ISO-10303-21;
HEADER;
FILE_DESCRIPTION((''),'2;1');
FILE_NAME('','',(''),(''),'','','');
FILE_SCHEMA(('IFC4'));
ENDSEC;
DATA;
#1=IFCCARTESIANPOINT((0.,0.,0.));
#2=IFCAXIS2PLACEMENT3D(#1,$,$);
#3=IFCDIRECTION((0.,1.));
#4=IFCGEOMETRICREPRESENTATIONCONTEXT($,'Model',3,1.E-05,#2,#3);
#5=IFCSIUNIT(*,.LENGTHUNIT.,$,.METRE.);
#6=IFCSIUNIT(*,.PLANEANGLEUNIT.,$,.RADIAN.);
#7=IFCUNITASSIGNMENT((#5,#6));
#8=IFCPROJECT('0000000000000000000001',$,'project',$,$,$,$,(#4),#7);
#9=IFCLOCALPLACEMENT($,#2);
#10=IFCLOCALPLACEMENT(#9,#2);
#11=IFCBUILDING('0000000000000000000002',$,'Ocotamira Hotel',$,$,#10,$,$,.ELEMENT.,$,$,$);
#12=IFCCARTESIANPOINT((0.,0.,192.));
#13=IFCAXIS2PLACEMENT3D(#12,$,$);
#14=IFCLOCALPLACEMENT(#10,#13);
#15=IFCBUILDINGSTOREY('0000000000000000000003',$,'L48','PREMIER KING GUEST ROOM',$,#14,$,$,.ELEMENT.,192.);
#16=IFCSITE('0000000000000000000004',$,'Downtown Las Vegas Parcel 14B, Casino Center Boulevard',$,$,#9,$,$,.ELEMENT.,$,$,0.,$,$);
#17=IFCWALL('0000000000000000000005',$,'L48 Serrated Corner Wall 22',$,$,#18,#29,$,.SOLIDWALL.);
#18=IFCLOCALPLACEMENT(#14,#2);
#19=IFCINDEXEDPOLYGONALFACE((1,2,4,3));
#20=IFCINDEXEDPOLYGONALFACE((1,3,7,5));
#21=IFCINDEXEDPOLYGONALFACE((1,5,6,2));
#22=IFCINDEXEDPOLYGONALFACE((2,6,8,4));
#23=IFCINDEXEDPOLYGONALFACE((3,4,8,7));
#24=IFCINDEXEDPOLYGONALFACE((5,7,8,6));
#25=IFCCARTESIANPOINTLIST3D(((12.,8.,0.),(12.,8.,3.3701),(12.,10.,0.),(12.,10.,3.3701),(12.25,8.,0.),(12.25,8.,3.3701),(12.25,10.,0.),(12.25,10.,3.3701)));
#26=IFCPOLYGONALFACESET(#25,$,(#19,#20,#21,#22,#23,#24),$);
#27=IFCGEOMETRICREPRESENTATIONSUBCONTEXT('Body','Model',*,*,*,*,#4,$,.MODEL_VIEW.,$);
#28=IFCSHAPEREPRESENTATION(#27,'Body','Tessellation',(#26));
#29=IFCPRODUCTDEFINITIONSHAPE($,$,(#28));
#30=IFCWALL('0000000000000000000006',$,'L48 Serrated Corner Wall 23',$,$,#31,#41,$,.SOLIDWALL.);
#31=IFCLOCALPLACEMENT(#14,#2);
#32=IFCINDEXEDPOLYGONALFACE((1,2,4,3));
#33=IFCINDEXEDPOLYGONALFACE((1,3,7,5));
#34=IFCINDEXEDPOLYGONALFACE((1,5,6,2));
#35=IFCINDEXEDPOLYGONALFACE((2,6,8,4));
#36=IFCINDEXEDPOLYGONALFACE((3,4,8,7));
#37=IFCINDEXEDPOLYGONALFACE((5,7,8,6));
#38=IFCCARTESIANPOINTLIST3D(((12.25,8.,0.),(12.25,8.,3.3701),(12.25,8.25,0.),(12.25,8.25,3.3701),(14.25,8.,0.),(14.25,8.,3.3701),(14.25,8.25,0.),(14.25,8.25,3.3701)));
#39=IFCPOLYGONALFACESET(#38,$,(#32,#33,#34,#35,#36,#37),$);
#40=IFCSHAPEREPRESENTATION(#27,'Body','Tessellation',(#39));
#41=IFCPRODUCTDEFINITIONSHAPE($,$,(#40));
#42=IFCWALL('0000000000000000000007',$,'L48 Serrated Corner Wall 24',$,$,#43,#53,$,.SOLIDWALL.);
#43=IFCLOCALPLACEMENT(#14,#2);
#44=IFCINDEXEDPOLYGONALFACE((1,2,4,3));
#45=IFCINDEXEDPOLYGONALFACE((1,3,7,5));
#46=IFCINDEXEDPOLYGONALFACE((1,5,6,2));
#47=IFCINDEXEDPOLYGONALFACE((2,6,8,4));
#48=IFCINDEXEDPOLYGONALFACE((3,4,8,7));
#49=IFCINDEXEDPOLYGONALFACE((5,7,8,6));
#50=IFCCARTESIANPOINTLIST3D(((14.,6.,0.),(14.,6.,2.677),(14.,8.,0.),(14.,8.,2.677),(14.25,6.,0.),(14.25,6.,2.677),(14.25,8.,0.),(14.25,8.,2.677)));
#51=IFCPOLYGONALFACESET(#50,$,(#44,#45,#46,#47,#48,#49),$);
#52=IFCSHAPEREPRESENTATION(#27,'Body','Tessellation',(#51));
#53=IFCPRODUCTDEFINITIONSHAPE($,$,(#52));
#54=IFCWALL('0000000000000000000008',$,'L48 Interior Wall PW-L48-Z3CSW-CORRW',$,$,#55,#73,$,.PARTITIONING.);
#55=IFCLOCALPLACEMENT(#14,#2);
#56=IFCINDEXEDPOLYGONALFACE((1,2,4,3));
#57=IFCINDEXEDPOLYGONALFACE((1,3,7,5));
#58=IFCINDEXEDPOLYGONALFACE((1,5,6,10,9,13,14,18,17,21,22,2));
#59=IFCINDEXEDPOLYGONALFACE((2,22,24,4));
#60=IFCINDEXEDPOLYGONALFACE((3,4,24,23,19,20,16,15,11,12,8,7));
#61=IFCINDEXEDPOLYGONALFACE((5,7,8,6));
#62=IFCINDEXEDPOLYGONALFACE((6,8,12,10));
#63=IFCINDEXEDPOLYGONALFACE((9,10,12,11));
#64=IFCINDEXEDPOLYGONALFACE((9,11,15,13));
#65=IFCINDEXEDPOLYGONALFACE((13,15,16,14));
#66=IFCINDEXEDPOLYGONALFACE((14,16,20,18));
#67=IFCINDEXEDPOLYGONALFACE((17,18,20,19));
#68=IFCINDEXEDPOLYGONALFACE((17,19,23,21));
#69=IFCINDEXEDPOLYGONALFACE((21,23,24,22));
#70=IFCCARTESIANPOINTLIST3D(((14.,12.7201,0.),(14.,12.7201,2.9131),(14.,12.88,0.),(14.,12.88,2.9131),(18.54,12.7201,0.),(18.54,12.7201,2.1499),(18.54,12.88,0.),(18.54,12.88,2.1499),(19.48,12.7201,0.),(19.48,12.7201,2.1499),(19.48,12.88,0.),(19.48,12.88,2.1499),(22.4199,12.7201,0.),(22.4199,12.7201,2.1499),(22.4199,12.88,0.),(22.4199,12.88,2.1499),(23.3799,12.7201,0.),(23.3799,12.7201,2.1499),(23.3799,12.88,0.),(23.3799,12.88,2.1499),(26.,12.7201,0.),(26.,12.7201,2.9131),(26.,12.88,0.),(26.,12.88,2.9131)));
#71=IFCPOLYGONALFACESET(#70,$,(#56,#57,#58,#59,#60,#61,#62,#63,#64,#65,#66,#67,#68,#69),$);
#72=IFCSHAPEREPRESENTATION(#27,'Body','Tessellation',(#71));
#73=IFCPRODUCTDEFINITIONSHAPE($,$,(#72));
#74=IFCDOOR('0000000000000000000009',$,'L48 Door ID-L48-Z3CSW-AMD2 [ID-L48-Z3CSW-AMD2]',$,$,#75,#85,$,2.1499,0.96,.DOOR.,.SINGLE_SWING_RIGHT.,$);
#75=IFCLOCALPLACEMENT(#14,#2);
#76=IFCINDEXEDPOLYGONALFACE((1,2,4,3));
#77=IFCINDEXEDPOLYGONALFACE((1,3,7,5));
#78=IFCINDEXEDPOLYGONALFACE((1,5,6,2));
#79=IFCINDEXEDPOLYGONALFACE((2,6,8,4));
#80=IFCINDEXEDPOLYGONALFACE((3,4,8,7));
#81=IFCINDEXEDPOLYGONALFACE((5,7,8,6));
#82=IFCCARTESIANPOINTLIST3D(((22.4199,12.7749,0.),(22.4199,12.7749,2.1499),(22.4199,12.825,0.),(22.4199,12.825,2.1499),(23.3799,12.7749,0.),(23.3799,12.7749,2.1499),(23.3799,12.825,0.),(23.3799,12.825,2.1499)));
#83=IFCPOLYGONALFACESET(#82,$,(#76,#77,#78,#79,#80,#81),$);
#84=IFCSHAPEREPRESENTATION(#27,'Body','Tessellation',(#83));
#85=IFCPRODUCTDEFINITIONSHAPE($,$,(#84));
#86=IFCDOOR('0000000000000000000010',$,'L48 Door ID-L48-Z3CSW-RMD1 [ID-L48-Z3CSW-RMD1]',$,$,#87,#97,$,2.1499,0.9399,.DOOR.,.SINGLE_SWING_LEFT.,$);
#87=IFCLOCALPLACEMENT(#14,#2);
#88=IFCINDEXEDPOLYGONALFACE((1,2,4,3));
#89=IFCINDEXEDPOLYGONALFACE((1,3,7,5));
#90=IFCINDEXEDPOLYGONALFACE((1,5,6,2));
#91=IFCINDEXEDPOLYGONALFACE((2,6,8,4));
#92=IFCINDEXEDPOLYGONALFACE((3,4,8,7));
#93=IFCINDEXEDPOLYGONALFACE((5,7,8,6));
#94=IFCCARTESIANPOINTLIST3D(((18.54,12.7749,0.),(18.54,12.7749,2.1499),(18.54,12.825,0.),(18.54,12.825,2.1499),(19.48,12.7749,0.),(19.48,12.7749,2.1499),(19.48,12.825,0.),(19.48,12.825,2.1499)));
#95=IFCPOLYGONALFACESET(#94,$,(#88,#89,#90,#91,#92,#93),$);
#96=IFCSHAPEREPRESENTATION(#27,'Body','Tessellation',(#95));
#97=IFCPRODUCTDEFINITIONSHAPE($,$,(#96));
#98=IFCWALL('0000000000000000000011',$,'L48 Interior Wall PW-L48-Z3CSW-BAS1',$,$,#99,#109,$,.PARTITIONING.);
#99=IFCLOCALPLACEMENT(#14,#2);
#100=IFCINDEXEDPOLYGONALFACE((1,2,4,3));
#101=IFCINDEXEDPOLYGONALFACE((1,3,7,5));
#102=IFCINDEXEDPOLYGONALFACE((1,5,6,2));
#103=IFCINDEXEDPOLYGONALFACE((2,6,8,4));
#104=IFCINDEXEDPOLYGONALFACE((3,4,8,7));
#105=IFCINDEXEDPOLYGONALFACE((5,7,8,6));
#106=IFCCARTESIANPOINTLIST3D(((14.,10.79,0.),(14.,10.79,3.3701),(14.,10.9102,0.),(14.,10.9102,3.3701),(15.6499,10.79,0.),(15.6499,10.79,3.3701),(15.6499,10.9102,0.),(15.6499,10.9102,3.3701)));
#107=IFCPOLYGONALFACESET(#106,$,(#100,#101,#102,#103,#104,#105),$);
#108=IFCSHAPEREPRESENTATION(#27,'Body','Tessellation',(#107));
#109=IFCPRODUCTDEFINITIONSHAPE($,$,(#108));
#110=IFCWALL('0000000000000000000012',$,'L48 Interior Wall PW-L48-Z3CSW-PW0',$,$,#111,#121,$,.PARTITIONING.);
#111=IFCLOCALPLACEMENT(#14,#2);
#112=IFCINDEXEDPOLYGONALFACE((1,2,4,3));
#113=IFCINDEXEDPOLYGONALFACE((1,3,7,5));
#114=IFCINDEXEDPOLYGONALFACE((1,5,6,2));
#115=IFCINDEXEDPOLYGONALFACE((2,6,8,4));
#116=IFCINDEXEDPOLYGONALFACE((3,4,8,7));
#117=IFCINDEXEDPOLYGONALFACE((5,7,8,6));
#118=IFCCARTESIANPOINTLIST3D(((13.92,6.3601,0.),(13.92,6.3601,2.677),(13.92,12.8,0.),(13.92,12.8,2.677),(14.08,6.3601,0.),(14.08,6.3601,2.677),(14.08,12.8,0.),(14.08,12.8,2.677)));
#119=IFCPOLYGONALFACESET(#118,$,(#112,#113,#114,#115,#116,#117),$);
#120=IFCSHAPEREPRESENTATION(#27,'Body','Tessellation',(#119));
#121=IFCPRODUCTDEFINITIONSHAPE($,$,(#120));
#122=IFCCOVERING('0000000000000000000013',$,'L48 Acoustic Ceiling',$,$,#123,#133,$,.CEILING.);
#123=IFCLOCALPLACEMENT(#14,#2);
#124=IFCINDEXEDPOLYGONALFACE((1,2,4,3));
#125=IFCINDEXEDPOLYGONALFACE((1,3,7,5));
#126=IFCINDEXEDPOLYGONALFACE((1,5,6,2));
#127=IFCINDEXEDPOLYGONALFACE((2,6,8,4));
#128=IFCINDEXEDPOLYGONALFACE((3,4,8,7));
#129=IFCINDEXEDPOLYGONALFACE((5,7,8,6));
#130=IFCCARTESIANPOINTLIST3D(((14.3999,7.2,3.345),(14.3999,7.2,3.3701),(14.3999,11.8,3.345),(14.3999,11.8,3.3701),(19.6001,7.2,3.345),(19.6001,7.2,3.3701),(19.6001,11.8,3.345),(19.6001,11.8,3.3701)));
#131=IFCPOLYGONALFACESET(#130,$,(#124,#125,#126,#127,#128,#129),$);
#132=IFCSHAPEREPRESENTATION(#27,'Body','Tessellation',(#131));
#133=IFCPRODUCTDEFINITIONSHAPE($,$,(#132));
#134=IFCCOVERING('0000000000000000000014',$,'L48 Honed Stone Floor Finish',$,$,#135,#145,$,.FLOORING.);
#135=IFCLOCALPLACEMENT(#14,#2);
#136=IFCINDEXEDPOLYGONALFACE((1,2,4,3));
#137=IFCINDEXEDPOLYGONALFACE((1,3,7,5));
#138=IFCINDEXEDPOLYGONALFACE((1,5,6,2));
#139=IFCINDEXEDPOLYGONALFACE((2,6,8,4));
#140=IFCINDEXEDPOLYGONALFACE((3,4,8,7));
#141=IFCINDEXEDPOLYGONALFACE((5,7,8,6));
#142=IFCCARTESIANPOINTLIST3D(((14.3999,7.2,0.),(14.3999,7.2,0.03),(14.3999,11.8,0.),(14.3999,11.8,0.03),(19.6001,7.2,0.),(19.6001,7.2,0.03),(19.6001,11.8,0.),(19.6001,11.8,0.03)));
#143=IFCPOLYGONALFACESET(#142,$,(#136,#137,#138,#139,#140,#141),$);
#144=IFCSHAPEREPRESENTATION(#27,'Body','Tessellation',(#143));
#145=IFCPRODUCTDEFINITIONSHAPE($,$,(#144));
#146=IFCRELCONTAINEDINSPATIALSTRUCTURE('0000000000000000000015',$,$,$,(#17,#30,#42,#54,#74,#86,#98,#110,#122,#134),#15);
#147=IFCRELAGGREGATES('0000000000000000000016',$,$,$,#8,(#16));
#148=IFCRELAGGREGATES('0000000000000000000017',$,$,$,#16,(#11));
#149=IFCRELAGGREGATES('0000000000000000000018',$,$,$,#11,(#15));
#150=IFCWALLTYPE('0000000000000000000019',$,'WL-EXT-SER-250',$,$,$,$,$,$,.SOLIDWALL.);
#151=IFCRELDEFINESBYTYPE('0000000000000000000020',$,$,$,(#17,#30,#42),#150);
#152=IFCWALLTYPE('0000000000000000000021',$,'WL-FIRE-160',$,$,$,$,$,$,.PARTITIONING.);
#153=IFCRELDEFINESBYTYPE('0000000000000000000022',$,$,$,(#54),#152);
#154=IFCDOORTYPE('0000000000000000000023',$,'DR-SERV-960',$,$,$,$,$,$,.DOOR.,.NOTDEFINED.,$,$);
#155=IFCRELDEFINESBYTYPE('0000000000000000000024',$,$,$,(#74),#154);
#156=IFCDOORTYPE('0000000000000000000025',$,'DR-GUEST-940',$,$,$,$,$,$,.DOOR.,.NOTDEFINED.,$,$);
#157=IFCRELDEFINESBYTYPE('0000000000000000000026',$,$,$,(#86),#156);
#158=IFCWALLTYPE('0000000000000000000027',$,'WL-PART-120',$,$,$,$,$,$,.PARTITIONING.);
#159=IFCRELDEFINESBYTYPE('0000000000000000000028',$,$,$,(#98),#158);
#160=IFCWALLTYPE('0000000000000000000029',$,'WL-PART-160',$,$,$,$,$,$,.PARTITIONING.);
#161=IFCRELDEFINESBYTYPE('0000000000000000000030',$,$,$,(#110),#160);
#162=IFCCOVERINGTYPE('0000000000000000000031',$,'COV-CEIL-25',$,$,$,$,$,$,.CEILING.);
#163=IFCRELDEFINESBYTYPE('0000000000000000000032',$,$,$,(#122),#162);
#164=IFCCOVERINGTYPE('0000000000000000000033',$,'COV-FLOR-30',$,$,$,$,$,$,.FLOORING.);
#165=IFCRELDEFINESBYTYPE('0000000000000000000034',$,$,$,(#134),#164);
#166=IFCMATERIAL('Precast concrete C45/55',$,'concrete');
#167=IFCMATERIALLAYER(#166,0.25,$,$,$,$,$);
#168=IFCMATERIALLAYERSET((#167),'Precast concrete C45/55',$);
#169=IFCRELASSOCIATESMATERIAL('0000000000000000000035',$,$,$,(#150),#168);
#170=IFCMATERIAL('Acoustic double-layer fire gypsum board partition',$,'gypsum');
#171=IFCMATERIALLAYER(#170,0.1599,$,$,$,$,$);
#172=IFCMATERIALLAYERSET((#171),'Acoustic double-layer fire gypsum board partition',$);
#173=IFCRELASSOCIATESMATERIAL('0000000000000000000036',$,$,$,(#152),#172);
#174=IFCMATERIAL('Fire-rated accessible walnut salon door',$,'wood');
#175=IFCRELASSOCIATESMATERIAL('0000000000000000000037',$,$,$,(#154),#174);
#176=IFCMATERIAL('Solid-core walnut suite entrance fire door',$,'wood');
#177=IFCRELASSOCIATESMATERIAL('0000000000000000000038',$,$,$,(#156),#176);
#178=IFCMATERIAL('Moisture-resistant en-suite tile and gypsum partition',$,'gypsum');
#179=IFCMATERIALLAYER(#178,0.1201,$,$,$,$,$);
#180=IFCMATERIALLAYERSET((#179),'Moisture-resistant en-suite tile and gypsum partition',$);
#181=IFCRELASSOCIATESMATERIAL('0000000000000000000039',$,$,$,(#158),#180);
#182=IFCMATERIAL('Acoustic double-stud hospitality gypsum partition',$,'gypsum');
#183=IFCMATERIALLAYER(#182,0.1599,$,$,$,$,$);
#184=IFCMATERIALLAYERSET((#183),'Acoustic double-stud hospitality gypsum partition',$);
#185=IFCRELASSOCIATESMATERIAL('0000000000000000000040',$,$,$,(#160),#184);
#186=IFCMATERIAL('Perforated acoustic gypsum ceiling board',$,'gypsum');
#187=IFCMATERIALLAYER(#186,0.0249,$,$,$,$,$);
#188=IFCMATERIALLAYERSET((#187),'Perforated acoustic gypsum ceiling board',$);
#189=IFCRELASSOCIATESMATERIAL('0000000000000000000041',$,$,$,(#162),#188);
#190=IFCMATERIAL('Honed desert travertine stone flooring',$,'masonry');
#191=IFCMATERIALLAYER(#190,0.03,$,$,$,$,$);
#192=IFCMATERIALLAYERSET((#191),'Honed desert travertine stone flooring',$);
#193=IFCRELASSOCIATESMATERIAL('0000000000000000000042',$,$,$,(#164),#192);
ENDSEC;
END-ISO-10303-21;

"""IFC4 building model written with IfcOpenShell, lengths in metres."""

from ifc_helpers import new_model, si_unit, direction, frame, frame_2d, origin, place, context, subcontext, project, spatial, polyline, rectangle, outline, extrude, source, transform, mapped, material, layer, layer_set, type_object, element, fill, save


model = new_model("IFC4")

# Units and contexts
model_context = context("Model", 3, precision=1e-05, world=origin(), true_north=direction((0.0, 1.0)))
body_context = subcontext(model_context, "Body", "Model", "MODEL_VIEW")
ifc_project = project(units=[si_unit("LENGTHUNIT", "METRE"), si_unit("PLANEANGLEUNIT", "RADIAN")], contexts=[model_context])

# Site, building, storey
site_placement = place(None, origin())
site = spatial("IfcSite", under=ifc_project, at=site_placement, Name="Downtown Las Vegas Parcel 14B, Casino Center Boulevard", CompositionType="ELEMENT", RefElevation=0.0)
building_placement = place(site_placement, origin())
building = spatial("IfcBuilding", under=site, at=building_placement, Name="Ocotamira Hotel", CompositionType="ELEMENT")
storey_placement = place(building_placement, frame((0.0, 0.0, 192.0)))
storey = spatial("IfcBuildingStorey", under=building, at=storey_placement, Name="L48", Description="PREMIER KING GUEST ROOM", CompositionType="ELEMENT", Elevation=192.0)

# Walls
ifc_material_1 = material(Name="Precast concrete C45/55", Category="concrete")
ifc_layer_1 = layer(ifc_material_1, 0.25)
ifc_layer_set_1 = layer_set([ifc_layer_1], Name="Precast concrete C45/55")
wall_type_1 = type_object("IfcWallType", Name="WL-EXT-SER-250", PredefinedType="SOLIDWALL", material=ifc_layer_set_1)
for number, where, z_axis, x_axis, name in (
    (1, (12.125, 10.0, 0.0), (0.0, 0.0, 1.0), (0.0, -1.0, 0.0), "L48 Serrated Corner Wall 22"),
    (2, (12.25, 8.125, 0.0), (0.0, 0.0, 1.0), (1.0, 0.0, 0.0), "L48 Serrated Corner Wall 23"),
):
    element("IfcWall", number, at=place(storey_placement, frame(where, z_axis=z_axis, x_axis=x_axis)), inside=storey, type_object=wall_type_1, Name=name, PredefinedType="SOLIDWALL", context=body_context, shape_type="SweptSolid", body=[
        extrude(rectangle(XDim=2.0, YDim=0.25, at=frame_2d((1.0, 0.0))), origin(), (0.0, 0.0, 1.0), 3.3701),
    ])
wall_1_placement = place(storey_placement, frame((14.125, 8.0, 0.0), z_axis=(0.0, 0.0, 1.0), x_axis=(0.0, -1.0, 0.0)))
element("IfcWall", 3, at=wall_1_placement, inside=storey, type_object=wall_type_1, Name="L48 Serrated Corner Wall 24", PredefinedType="SOLIDWALL", context=body_context, shape_type="SweptSolid", body=[
    extrude(rectangle(XDim=2.0, YDim=0.25, at=frame_2d((1.0, 0.0))), origin(), (0.0, 0.0, 1.0), 2.677),
])

# Shared definitions
ifc_material_2 = material(Name="Acoustic double-layer fire gypsum board partition", Category="gypsum")
ifc_layer_2 = layer(ifc_material_2, 0.1599)
ifc_layer_set_2 = layer_set([ifc_layer_2], Name="Acoustic double-layer fire gypsum board partition")
wall_type_2 = type_object("IfcWallType", Name="WL-FIRE-160", PredefinedType="PARTITIONING", material=ifc_layer_set_2)
ifc_material_3 = material(Name="Fire-rated accessible walnut salon door", Category="wood")
door_type_1 = type_object("IfcDoorType", Name="DR-SERV-960", OperationType="NOTDEFINED", PredefinedType="DOOR", material=ifc_material_3)
shared_shape_1 = source(origin(), body_context, "Body", "SweptSolid", [
    extrude(rectangle(XDim=0.96, YDim=2.1499, at=frame_2d((0.48, 1.075))), frame((0.0, 0.0249, 0.0), z_axis=(0.0, -1.0, 0.0), x_axis=(1.0, 0.0, 0.0)), (0.0, 0.0, 1.0), 0.05),
])

# Wall, openings, doors
wall_2_placement = place(storey_placement, frame((14.0, 12.8, 0.0), z_axis=(0.0, 0.0, 1.0), x_axis=(1.0, 0.0, 0.0)))
wall_2 = element("IfcWall", 4, at=wall_2_placement, inside=storey, type_object=wall_type_2, Name="L48 Interior Wall PW-L48-Z3CSW-CORRW", PredefinedType="PARTITIONING", context=body_context, shape_type="SweptSolid", body=[
    extrude(rectangle(XDim=12.0, YDim=0.1599, at=frame_2d((6.0, 0.0))), origin(), (0.0, 0.0, 1.0), 2.9131),
])
opening_1_placement = place(wall_2_placement, frame((4.54, 0.0, 0.0)))
opening_1 = element("IfcOpeningElement", 5, at=opening_1_placement, cuts=wall_2, PredefinedType="OPENING", context=body_context, shape_type="SweptSolid", body=[
    extrude(rectangle(XDim=0.9399, YDim=2.1499, at=frame_2d((0.47, 1.075))), frame((0.0, 0.0898, 0.0), z_axis=(0.0, -1.0, 0.0), x_axis=(1.0, 0.0, 0.0)), (0.0, 0.0, 1.0), 0.1799),
])
opening_2_placement = place(wall_2_placement, frame((8.4199, 0.0, 0.0)))
opening_2 = element("IfcOpeningElement", 6, at=opening_2_placement, cuts=wall_2, PredefinedType="OPENING", context=body_context, shape_type="SweptSolid", body=[
    extrude(rectangle(XDim=0.96, YDim=2.1499, at=frame_2d((0.48, 1.075))), frame((0.0, 0.0898, 0.0), z_axis=(0.0, -1.0, 0.0), x_axis=(1.0, 0.0, 0.0)), (0.0, 0.0, 1.0), 0.1799),
])
door_1_placement = place(opening_2_placement, origin())
door_1 = element("IfcDoor", 7, at=door_1_placement, inside=storey, type_object=door_type_1, Name="L48 Door ID-L48-Z3CSW-AMD2 [ID-L48-Z3CSW-AMD2]", OperationType="SINGLE_SWING_RIGHT", OverallHeight=2.1499, OverallWidth=0.96, PredefinedType="DOOR", context=body_context, shape_type="MappedRepresentation", body=[
    mapped(shared_shape_1, transform((0.0, 0.0, 0.0), scale=1.0)),
])
fill(opening_2, door_1)
ifc_material_4 = material(Name="Solid-core walnut suite entrance fire door", Category="wood")
door_type_2 = type_object("IfcDoorType", Name="DR-GUEST-940", OperationType="NOTDEFINED", PredefinedType="DOOR", material=ifc_material_4)
shared_shape_2 = source(origin(), body_context, "Body", "SweptSolid", [
    extrude(rectangle(XDim=0.9399, YDim=2.1499, at=frame_2d((0.47, 1.075))), frame((0.0, 0.0249, 0.0), z_axis=(0.0, -1.0, 0.0), x_axis=(1.0, 0.0, 0.0)), (0.0, 0.0, 1.0), 0.05),
])
door_2_placement = place(opening_1_placement, origin())
door_2 = element("IfcDoor", 8, at=door_2_placement, inside=storey, type_object=door_type_2, Name="L48 Door ID-L48-Z3CSW-RMD1 [ID-L48-Z3CSW-RMD1]", OperationType="SINGLE_SWING_LEFT", OverallHeight=2.1499, OverallWidth=0.9399, PredefinedType="DOOR", context=body_context, shape_type="MappedRepresentation", body=[
    mapped(shared_shape_2, transform((0.0, 0.0, 0.0), scale=1.0)),
])
fill(opening_1, door_2)

# Walls
ifc_material_5 = material(Name="Moisture-resistant en-suite tile and gypsum partition", Category="gypsum")
ifc_layer_3 = layer(ifc_material_5, 0.1201)
ifc_layer_set_3 = layer_set([ifc_layer_3], Name="Moisture-resistant en-suite tile and gypsum partition")
wall_type_3 = type_object("IfcWallType", Name="WL-PART-120", PredefinedType="PARTITIONING", material=ifc_layer_set_3)
wall_3_placement = place(storey_placement, frame((14.0, 10.8501, 0.0), z_axis=(0.0, 0.0, 1.0), x_axis=(1.0, 0.0, 0.0)))
element("IfcWall", 9, at=wall_3_placement, inside=storey, type_object=wall_type_3, Name="L48 Interior Wall PW-L48-Z3CSW-BAS1", PredefinedType="PARTITIONING", context=body_context, shape_type="SweptSolid", body=[
    extrude(rectangle(XDim=1.6499, YDim=0.1201, at=frame_2d((0.825, 0.0))), origin(), (0.0, 0.0, 1.0), 3.3701),
])
ifc_material_6 = material(Name="Acoustic double-stud hospitality gypsum partition", Category="gypsum")
ifc_layer_4 = layer(ifc_material_6, 0.1599)
ifc_layer_set_4 = layer_set([ifc_layer_4], Name="Acoustic double-stud hospitality gypsum partition")
wall_type_4 = type_object("IfcWallType", Name="WL-PART-160", PredefinedType="PARTITIONING", material=ifc_layer_set_4)
wall_4_placement = place(storey_placement, frame((14.0, 6.3601, 0.0), z_axis=(0.0, 0.0, 1.0), x_axis=(0.0, 1.0, 0.0)))
element("IfcWall", 10, at=wall_4_placement, inside=storey, type_object=wall_type_4, Name="L48 Interior Wall PW-L48-Z3CSW-PW0", PredefinedType="PARTITIONING", context=body_context, shape_type="SweptSolid", body=[
    extrude(rectangle(XDim=6.4399, YDim=0.1599, at=frame_2d((3.22, 0.0))), origin(), (0.0, 0.0, 1.0), 2.677),
])

# Coverings
ifc_material_7 = material(Name="Perforated acoustic gypsum ceiling board", Category="gypsum")
ifc_layer_5 = layer(ifc_material_7, 0.0249)
ifc_layer_set_5 = layer_set([ifc_layer_5], Name="Perforated acoustic gypsum ceiling board")
covering_type_1 = type_object("IfcCoveringType", Name="COV-CEIL-25", PredefinedType="CEILING", material=ifc_layer_set_5)
covering_1_placement = place(storey_placement, frame((0.0, 0.0, 3.345)))
element("IfcCovering", 11, at=covering_1_placement, inside=storey, type_object=covering_type_1, Name="L48 Acoustic Ceiling", PredefinedType="CEILING", context=body_context, shape_type="SweptSolid", body=[
    extrude(outline(polyline([(14.3999, 7.2), (19.6001, 7.2), (19.6001, 11.8), (14.3999, 11.8), (14.3999, 7.2)])), origin(), (0.0, 0.0, 1.0), 0.0251),
])
ifc_material_8 = material(Name="Honed desert travertine stone flooring", Category="masonry")
ifc_layer_6 = layer(ifc_material_8, 0.03)
ifc_layer_set_6 = layer_set([ifc_layer_6], Name="Honed desert travertine stone flooring")
covering_type_2 = type_object("IfcCoveringType", Name="COV-FLOR-30", PredefinedType="FLOORING", material=ifc_layer_set_6)
covering_2_placement = place(storey_placement, origin())
element("IfcCovering", 12, at=covering_2_placement, inside=storey, type_object=covering_type_2, Name="L48 Honed Stone Floor Finish", PredefinedType="FLOORING", context=body_context, shape_type="SweptSolid", body=[
    extrude(outline(polyline([(14.3999, 7.2), (19.6001, 7.2), (19.6001, 11.8), (14.3999, 11.8), (14.3999, 7.2)])), origin(), (0.0, 0.0, 1.0), 0.03),
])

save(model, "model.ifc")
